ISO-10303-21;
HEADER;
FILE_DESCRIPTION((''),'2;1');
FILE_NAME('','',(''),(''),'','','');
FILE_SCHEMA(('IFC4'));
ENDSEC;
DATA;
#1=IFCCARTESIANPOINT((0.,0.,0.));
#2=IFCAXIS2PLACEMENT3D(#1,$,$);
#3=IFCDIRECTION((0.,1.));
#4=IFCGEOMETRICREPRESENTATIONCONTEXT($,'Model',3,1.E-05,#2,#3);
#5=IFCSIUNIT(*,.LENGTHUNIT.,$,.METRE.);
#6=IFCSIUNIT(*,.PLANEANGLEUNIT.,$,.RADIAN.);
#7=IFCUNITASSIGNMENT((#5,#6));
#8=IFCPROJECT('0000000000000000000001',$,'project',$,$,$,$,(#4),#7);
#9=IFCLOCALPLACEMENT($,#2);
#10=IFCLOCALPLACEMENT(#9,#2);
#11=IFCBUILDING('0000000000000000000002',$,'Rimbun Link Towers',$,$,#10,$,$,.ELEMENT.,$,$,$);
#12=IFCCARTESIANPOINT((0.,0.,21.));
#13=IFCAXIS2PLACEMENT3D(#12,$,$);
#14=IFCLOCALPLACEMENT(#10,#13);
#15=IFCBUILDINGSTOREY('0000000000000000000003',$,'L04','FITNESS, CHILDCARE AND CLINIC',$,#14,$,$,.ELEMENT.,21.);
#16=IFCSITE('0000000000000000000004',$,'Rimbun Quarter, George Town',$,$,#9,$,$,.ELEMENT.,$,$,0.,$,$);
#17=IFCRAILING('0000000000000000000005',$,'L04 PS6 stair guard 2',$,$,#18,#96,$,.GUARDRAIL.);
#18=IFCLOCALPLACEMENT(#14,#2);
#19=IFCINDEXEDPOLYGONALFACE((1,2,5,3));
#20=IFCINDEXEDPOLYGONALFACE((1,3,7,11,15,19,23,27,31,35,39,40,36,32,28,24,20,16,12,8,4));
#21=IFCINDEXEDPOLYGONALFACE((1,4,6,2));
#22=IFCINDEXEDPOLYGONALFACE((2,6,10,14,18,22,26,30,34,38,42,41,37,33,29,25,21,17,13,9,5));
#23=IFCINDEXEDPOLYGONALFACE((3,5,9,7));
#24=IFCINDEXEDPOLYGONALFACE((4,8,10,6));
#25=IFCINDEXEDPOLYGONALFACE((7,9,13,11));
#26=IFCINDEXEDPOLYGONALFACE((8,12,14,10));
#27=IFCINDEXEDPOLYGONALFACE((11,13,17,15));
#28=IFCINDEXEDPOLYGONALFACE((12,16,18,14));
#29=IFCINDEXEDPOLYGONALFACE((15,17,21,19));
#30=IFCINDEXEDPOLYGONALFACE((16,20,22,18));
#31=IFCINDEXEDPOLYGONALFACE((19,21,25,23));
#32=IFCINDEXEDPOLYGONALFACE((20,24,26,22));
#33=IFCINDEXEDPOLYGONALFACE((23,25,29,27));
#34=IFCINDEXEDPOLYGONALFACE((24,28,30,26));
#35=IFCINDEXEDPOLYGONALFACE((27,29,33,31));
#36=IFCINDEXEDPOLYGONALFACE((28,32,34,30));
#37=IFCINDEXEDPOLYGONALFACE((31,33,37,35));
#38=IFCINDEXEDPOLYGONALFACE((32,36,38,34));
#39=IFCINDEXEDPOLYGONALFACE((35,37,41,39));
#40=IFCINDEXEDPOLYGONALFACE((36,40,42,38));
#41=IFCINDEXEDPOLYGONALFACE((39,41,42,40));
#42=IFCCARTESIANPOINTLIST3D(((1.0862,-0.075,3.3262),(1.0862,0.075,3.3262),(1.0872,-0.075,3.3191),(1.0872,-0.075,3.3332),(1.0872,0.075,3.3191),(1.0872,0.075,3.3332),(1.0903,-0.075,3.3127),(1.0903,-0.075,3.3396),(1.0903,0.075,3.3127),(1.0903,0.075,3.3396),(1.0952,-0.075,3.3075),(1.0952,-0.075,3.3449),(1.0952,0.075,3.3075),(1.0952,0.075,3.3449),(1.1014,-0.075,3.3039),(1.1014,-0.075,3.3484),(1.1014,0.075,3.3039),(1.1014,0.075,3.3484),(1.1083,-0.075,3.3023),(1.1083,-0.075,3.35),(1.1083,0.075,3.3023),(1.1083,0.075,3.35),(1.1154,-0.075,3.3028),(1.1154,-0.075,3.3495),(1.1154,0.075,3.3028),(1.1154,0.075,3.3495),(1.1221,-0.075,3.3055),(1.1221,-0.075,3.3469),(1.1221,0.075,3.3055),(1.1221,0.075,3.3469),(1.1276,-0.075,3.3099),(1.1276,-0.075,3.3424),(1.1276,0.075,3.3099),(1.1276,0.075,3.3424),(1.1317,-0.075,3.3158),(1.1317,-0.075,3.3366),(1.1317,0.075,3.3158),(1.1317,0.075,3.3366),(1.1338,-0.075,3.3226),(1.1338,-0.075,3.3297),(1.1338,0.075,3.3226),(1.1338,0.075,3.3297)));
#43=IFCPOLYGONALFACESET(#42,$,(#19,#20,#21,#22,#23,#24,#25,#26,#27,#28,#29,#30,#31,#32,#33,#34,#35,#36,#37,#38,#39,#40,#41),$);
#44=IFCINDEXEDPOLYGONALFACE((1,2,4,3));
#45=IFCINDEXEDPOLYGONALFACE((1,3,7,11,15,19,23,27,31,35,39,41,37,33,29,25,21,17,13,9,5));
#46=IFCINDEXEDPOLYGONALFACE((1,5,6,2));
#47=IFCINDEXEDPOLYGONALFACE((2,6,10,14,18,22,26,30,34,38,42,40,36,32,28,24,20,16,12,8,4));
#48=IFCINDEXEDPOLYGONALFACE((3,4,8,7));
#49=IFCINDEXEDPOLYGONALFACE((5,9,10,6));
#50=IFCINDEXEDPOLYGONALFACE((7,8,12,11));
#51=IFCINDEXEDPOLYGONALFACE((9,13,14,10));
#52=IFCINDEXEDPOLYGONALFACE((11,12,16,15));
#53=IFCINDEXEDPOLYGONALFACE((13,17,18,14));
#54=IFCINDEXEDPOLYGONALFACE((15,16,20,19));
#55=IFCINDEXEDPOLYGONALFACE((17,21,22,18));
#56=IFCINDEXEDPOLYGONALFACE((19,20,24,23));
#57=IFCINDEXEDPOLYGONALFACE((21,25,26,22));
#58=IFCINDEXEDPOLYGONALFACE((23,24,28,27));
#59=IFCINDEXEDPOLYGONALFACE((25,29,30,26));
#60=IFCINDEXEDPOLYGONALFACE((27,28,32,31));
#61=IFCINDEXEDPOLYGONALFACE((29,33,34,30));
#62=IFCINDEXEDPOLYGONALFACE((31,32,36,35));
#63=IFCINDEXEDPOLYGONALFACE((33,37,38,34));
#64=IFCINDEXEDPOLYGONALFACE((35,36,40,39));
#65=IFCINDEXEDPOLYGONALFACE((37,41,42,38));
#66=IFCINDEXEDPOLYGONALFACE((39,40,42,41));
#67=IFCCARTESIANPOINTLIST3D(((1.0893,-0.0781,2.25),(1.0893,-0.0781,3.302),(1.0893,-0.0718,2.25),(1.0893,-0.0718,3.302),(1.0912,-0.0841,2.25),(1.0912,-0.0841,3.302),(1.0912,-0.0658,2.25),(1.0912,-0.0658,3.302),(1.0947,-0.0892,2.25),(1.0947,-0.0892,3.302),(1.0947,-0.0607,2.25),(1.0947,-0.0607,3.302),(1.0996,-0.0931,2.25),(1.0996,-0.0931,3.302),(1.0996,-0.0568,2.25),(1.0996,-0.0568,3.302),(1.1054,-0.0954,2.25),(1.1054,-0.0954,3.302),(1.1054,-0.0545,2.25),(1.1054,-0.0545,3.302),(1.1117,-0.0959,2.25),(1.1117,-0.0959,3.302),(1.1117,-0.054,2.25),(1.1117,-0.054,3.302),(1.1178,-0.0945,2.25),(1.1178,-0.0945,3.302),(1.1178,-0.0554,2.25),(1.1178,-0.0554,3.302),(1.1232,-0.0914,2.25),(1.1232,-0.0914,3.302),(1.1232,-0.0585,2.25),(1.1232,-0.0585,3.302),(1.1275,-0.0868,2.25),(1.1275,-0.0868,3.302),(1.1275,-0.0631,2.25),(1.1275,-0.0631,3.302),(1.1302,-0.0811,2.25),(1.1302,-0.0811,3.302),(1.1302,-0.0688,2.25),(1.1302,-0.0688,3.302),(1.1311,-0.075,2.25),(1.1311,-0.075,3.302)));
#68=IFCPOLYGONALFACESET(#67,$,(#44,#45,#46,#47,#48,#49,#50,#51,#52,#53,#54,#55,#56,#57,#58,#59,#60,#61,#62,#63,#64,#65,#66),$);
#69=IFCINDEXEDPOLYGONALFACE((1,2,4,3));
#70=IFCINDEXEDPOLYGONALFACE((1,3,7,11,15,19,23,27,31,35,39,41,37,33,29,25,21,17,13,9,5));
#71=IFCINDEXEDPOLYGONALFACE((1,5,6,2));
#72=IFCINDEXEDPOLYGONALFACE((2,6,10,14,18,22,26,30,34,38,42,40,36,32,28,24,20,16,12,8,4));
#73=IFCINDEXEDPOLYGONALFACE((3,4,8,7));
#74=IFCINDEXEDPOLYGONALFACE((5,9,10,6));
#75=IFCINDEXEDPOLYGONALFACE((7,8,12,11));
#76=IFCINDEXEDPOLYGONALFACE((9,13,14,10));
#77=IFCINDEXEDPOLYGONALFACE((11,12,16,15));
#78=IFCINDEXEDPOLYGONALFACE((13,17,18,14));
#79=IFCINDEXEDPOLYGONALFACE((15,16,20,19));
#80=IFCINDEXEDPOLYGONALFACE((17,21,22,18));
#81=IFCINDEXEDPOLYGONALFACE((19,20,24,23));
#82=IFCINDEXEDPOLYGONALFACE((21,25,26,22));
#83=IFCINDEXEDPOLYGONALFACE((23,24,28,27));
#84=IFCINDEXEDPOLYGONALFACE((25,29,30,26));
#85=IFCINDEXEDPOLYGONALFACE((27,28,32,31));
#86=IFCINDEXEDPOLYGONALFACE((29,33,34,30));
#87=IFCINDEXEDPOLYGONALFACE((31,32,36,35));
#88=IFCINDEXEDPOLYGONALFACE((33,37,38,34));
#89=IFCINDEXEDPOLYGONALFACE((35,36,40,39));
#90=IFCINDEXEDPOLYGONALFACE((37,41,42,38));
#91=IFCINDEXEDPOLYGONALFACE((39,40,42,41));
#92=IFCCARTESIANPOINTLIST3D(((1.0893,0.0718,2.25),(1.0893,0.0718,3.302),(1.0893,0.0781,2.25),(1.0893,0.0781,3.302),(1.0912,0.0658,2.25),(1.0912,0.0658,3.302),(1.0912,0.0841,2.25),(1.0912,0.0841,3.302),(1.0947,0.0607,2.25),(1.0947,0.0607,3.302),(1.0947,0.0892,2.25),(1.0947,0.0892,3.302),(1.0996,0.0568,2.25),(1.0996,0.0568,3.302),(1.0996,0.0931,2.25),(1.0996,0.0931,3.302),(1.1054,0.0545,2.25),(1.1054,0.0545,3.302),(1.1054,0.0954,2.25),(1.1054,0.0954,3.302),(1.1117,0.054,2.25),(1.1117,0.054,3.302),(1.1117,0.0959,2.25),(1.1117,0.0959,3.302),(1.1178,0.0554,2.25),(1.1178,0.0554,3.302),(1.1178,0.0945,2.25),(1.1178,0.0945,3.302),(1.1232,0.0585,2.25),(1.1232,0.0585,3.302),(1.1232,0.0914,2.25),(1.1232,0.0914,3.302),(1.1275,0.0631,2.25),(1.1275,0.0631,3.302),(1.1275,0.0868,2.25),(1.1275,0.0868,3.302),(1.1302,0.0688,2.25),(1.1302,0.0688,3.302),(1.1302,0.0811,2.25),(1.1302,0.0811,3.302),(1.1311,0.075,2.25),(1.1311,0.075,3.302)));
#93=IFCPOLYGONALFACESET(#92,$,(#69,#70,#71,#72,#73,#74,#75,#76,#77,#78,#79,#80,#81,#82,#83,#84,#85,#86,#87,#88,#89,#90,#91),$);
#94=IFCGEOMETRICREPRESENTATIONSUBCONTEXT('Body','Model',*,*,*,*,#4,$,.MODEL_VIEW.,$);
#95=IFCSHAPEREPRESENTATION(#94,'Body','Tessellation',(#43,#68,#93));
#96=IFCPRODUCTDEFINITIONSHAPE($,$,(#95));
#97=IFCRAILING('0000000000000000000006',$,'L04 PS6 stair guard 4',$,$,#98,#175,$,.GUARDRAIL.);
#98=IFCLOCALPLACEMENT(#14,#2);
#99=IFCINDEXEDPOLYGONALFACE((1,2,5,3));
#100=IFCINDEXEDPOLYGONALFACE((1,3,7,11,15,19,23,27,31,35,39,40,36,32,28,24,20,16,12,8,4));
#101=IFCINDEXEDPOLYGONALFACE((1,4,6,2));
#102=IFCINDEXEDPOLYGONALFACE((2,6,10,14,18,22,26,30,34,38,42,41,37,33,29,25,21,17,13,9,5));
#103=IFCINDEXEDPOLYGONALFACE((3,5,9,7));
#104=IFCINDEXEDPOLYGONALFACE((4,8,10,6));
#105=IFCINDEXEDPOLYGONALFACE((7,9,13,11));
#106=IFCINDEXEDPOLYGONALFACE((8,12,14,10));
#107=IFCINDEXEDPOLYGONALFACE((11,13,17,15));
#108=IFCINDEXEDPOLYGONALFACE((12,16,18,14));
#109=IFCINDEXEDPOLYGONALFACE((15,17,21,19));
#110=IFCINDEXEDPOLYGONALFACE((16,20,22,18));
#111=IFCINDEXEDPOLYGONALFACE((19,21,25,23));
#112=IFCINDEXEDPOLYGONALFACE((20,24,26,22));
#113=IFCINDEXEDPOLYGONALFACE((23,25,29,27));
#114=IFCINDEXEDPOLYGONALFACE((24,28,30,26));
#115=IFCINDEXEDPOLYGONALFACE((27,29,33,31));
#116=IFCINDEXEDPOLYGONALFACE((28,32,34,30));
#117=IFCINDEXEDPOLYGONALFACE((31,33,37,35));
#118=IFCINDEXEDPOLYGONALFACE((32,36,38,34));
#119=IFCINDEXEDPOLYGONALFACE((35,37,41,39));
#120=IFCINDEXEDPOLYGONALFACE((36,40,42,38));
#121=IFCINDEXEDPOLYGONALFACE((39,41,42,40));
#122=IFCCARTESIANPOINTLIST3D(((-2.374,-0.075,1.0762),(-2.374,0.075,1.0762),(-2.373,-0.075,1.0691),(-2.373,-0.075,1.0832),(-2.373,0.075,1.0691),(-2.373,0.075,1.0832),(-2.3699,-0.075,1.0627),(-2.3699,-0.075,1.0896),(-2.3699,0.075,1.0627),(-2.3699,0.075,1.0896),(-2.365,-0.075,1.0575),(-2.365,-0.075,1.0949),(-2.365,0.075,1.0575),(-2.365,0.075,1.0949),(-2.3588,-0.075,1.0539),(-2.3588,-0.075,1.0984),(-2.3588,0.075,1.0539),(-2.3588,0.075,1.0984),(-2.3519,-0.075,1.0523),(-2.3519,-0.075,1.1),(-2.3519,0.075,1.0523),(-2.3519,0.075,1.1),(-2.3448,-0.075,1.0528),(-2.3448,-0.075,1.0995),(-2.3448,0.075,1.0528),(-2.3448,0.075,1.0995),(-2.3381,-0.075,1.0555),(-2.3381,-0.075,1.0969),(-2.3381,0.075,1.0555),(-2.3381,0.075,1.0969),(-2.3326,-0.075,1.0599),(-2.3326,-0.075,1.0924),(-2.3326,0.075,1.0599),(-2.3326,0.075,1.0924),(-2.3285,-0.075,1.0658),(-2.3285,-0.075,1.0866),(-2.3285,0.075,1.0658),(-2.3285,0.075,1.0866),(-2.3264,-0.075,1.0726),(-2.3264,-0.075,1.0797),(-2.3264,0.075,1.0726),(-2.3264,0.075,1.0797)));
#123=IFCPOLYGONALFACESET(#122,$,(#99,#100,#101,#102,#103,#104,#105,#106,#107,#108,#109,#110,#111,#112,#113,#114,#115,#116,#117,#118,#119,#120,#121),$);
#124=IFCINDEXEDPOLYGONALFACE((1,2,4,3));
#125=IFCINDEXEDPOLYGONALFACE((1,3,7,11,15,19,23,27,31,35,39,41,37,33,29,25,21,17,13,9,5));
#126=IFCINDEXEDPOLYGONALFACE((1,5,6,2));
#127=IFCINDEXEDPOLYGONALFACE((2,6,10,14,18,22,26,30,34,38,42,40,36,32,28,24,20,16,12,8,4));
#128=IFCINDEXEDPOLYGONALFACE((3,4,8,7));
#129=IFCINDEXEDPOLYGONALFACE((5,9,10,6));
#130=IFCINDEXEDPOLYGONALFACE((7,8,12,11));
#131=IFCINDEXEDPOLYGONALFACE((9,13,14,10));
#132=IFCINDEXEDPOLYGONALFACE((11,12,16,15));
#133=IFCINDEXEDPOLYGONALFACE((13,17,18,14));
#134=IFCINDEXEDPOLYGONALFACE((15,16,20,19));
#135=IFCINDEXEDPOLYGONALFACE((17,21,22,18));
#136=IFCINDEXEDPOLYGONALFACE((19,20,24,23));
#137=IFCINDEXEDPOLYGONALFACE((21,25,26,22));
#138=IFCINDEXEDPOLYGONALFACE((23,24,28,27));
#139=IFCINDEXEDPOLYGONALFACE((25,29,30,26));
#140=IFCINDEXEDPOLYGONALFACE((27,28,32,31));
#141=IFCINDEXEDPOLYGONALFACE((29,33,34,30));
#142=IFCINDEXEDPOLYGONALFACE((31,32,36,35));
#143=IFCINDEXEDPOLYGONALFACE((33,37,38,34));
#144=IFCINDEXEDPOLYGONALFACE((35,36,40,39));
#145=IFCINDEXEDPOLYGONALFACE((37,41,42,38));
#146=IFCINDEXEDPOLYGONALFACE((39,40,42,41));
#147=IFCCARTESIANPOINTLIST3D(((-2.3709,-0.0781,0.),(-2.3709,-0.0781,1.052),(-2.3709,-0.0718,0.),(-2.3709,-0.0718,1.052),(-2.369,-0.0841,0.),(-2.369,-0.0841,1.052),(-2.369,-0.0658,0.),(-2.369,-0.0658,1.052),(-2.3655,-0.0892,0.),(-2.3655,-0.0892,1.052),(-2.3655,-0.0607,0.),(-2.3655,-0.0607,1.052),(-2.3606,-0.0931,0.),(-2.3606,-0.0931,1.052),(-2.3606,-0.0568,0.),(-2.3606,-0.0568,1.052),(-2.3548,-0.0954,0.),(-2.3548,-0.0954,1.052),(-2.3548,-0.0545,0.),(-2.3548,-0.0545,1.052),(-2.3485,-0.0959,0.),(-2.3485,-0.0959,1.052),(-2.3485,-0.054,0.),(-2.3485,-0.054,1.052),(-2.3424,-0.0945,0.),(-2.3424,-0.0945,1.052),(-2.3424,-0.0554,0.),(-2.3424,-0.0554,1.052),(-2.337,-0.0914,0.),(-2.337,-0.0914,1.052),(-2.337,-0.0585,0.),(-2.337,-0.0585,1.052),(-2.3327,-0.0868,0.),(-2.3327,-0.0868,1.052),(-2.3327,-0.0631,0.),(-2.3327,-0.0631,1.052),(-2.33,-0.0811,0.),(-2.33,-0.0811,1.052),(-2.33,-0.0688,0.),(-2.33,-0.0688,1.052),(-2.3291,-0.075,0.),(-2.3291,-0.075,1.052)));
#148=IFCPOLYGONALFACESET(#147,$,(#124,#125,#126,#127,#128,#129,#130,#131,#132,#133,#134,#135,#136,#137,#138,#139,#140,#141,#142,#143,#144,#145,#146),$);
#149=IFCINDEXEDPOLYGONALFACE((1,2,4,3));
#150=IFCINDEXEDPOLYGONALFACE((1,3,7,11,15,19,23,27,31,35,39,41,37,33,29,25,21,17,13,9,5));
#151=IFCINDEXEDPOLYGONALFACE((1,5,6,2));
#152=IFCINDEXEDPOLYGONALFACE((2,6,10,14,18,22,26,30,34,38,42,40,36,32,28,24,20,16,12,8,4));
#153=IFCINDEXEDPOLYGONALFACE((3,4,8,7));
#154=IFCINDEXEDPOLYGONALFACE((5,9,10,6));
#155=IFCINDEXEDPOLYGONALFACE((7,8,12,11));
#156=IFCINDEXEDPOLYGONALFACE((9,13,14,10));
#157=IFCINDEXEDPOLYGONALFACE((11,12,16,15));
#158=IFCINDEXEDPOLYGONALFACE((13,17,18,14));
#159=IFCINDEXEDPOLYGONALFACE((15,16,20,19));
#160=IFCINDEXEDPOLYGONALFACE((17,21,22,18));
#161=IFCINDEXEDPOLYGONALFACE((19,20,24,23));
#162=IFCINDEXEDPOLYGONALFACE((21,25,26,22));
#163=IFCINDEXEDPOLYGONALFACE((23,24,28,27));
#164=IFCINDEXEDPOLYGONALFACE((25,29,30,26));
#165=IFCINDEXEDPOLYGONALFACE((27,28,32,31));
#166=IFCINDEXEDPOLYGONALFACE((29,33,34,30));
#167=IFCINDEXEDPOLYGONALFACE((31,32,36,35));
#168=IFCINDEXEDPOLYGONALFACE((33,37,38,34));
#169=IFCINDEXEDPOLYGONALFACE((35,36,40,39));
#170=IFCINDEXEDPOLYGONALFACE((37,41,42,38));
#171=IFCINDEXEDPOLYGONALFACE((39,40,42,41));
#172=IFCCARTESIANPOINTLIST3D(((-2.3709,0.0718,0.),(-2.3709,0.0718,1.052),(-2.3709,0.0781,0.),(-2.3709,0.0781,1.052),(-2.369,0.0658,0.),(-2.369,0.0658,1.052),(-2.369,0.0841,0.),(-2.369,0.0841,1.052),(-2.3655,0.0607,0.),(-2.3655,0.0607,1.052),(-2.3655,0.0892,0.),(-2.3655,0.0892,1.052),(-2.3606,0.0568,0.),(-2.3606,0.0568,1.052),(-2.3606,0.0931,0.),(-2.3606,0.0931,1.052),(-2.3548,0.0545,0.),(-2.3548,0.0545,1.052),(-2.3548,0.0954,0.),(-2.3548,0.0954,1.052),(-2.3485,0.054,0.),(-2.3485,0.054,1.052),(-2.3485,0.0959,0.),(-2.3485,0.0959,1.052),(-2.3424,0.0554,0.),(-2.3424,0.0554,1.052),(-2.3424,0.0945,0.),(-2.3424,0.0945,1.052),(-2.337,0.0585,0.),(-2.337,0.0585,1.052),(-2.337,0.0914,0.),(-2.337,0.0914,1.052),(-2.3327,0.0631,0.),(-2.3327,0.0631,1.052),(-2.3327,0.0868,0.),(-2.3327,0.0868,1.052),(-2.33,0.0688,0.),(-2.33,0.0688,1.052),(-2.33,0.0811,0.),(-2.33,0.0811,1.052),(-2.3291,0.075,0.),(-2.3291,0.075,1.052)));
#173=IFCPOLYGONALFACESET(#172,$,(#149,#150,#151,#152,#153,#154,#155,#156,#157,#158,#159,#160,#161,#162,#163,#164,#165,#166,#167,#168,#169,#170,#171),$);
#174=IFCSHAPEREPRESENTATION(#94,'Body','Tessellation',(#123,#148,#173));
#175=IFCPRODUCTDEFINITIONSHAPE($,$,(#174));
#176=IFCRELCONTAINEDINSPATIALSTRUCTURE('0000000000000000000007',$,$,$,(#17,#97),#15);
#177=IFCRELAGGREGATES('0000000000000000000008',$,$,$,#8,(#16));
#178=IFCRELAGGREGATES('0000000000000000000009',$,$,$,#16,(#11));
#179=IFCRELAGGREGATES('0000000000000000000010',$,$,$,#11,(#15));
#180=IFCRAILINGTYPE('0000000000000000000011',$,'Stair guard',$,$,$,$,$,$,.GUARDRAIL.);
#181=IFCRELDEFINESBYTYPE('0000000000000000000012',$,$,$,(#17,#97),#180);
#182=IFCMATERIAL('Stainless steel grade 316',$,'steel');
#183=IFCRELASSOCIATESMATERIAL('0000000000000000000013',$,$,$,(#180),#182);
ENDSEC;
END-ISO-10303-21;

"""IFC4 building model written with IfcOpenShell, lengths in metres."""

from ifc_helpers import new_model, si_unit, direction, frame, origin, origin_2d, place, context, subcontext, project, spatial, circle, extrude, material, type_object, element, save


model = new_model("IFC4")

# Units and contexts
model_context = context("Model", 3, precision=1e-05, world=origin(), true_north=direction((0.0, 1.0)))
body_context = subcontext(model_context, "Body", "Model", "MODEL_VIEW")
ifc_project = project(units=[si_unit("LENGTHUNIT", "METRE"), si_unit("PLANEANGLEUNIT", "RADIAN")], contexts=[model_context])

# Site, building, storey
site_placement = place(None, origin())
site = spatial("IfcSite", under=ifc_project, at=site_placement, Name="Rimbun Quarter, George Town", CompositionType="ELEMENT", RefElevation=0.0)
building_placement = place(site_placement, origin())
building = spatial("IfcBuilding", under=site, at=building_placement, Name="Rimbun Link Towers", CompositionType="ELEMENT")
storey_placement = place(building_placement, frame((0.0, 0.0, 21.0)))
storey = spatial("IfcBuildingStorey", under=building, at=storey_placement, Name="L04", Description="FITNESS, CHILDCARE AND CLINIC", CompositionType="ELEMENT", Elevation=21.0)

# Railings
ifc_material_1 = material(Name="Stainless steel grade 316", Category="steel")
railing_type_1 = type_object("IfcRailingType", Name="Stair guard", PredefinedType="GUARDRAIL", material=ifc_material_1)
for number, where, name in (
    (1, (1.1101, -0.075, 2.25), "L04 PS6 stair guard 2"),
    (2, (-2.3501, -0.075, 0.0), "L04 PS6 stair guard 4"),
):
    element("IfcRailing", number, at=place(storey_placement, frame(where)), inside=storey, type_object=railing_type_1, Name=name, PredefinedType="GUARDRAIL", context=body_context, shape_type="SweptSolid", body=[
        extrude(circle(Radius=0.0239, at=origin_2d()), frame((0.0, 0.0, 1.0762), z_axis=(0.0, 1.0, 0.0), x_axis=(-1.0, 0.0, 0.0)), (0.0, 0.0, 1.0), 0.1499),
        extrude(circle(Radius=0.021, at=origin_2d()), origin(), (0.0, 0.0, 1.0), 1.052),
        extrude(circle(Radius=0.021, at=origin_2d()), frame((0.0, 0.1499, 0.0)), (0.0, 0.0, 1.0), 1.052),
    ])

save(model, "model.ifc")
